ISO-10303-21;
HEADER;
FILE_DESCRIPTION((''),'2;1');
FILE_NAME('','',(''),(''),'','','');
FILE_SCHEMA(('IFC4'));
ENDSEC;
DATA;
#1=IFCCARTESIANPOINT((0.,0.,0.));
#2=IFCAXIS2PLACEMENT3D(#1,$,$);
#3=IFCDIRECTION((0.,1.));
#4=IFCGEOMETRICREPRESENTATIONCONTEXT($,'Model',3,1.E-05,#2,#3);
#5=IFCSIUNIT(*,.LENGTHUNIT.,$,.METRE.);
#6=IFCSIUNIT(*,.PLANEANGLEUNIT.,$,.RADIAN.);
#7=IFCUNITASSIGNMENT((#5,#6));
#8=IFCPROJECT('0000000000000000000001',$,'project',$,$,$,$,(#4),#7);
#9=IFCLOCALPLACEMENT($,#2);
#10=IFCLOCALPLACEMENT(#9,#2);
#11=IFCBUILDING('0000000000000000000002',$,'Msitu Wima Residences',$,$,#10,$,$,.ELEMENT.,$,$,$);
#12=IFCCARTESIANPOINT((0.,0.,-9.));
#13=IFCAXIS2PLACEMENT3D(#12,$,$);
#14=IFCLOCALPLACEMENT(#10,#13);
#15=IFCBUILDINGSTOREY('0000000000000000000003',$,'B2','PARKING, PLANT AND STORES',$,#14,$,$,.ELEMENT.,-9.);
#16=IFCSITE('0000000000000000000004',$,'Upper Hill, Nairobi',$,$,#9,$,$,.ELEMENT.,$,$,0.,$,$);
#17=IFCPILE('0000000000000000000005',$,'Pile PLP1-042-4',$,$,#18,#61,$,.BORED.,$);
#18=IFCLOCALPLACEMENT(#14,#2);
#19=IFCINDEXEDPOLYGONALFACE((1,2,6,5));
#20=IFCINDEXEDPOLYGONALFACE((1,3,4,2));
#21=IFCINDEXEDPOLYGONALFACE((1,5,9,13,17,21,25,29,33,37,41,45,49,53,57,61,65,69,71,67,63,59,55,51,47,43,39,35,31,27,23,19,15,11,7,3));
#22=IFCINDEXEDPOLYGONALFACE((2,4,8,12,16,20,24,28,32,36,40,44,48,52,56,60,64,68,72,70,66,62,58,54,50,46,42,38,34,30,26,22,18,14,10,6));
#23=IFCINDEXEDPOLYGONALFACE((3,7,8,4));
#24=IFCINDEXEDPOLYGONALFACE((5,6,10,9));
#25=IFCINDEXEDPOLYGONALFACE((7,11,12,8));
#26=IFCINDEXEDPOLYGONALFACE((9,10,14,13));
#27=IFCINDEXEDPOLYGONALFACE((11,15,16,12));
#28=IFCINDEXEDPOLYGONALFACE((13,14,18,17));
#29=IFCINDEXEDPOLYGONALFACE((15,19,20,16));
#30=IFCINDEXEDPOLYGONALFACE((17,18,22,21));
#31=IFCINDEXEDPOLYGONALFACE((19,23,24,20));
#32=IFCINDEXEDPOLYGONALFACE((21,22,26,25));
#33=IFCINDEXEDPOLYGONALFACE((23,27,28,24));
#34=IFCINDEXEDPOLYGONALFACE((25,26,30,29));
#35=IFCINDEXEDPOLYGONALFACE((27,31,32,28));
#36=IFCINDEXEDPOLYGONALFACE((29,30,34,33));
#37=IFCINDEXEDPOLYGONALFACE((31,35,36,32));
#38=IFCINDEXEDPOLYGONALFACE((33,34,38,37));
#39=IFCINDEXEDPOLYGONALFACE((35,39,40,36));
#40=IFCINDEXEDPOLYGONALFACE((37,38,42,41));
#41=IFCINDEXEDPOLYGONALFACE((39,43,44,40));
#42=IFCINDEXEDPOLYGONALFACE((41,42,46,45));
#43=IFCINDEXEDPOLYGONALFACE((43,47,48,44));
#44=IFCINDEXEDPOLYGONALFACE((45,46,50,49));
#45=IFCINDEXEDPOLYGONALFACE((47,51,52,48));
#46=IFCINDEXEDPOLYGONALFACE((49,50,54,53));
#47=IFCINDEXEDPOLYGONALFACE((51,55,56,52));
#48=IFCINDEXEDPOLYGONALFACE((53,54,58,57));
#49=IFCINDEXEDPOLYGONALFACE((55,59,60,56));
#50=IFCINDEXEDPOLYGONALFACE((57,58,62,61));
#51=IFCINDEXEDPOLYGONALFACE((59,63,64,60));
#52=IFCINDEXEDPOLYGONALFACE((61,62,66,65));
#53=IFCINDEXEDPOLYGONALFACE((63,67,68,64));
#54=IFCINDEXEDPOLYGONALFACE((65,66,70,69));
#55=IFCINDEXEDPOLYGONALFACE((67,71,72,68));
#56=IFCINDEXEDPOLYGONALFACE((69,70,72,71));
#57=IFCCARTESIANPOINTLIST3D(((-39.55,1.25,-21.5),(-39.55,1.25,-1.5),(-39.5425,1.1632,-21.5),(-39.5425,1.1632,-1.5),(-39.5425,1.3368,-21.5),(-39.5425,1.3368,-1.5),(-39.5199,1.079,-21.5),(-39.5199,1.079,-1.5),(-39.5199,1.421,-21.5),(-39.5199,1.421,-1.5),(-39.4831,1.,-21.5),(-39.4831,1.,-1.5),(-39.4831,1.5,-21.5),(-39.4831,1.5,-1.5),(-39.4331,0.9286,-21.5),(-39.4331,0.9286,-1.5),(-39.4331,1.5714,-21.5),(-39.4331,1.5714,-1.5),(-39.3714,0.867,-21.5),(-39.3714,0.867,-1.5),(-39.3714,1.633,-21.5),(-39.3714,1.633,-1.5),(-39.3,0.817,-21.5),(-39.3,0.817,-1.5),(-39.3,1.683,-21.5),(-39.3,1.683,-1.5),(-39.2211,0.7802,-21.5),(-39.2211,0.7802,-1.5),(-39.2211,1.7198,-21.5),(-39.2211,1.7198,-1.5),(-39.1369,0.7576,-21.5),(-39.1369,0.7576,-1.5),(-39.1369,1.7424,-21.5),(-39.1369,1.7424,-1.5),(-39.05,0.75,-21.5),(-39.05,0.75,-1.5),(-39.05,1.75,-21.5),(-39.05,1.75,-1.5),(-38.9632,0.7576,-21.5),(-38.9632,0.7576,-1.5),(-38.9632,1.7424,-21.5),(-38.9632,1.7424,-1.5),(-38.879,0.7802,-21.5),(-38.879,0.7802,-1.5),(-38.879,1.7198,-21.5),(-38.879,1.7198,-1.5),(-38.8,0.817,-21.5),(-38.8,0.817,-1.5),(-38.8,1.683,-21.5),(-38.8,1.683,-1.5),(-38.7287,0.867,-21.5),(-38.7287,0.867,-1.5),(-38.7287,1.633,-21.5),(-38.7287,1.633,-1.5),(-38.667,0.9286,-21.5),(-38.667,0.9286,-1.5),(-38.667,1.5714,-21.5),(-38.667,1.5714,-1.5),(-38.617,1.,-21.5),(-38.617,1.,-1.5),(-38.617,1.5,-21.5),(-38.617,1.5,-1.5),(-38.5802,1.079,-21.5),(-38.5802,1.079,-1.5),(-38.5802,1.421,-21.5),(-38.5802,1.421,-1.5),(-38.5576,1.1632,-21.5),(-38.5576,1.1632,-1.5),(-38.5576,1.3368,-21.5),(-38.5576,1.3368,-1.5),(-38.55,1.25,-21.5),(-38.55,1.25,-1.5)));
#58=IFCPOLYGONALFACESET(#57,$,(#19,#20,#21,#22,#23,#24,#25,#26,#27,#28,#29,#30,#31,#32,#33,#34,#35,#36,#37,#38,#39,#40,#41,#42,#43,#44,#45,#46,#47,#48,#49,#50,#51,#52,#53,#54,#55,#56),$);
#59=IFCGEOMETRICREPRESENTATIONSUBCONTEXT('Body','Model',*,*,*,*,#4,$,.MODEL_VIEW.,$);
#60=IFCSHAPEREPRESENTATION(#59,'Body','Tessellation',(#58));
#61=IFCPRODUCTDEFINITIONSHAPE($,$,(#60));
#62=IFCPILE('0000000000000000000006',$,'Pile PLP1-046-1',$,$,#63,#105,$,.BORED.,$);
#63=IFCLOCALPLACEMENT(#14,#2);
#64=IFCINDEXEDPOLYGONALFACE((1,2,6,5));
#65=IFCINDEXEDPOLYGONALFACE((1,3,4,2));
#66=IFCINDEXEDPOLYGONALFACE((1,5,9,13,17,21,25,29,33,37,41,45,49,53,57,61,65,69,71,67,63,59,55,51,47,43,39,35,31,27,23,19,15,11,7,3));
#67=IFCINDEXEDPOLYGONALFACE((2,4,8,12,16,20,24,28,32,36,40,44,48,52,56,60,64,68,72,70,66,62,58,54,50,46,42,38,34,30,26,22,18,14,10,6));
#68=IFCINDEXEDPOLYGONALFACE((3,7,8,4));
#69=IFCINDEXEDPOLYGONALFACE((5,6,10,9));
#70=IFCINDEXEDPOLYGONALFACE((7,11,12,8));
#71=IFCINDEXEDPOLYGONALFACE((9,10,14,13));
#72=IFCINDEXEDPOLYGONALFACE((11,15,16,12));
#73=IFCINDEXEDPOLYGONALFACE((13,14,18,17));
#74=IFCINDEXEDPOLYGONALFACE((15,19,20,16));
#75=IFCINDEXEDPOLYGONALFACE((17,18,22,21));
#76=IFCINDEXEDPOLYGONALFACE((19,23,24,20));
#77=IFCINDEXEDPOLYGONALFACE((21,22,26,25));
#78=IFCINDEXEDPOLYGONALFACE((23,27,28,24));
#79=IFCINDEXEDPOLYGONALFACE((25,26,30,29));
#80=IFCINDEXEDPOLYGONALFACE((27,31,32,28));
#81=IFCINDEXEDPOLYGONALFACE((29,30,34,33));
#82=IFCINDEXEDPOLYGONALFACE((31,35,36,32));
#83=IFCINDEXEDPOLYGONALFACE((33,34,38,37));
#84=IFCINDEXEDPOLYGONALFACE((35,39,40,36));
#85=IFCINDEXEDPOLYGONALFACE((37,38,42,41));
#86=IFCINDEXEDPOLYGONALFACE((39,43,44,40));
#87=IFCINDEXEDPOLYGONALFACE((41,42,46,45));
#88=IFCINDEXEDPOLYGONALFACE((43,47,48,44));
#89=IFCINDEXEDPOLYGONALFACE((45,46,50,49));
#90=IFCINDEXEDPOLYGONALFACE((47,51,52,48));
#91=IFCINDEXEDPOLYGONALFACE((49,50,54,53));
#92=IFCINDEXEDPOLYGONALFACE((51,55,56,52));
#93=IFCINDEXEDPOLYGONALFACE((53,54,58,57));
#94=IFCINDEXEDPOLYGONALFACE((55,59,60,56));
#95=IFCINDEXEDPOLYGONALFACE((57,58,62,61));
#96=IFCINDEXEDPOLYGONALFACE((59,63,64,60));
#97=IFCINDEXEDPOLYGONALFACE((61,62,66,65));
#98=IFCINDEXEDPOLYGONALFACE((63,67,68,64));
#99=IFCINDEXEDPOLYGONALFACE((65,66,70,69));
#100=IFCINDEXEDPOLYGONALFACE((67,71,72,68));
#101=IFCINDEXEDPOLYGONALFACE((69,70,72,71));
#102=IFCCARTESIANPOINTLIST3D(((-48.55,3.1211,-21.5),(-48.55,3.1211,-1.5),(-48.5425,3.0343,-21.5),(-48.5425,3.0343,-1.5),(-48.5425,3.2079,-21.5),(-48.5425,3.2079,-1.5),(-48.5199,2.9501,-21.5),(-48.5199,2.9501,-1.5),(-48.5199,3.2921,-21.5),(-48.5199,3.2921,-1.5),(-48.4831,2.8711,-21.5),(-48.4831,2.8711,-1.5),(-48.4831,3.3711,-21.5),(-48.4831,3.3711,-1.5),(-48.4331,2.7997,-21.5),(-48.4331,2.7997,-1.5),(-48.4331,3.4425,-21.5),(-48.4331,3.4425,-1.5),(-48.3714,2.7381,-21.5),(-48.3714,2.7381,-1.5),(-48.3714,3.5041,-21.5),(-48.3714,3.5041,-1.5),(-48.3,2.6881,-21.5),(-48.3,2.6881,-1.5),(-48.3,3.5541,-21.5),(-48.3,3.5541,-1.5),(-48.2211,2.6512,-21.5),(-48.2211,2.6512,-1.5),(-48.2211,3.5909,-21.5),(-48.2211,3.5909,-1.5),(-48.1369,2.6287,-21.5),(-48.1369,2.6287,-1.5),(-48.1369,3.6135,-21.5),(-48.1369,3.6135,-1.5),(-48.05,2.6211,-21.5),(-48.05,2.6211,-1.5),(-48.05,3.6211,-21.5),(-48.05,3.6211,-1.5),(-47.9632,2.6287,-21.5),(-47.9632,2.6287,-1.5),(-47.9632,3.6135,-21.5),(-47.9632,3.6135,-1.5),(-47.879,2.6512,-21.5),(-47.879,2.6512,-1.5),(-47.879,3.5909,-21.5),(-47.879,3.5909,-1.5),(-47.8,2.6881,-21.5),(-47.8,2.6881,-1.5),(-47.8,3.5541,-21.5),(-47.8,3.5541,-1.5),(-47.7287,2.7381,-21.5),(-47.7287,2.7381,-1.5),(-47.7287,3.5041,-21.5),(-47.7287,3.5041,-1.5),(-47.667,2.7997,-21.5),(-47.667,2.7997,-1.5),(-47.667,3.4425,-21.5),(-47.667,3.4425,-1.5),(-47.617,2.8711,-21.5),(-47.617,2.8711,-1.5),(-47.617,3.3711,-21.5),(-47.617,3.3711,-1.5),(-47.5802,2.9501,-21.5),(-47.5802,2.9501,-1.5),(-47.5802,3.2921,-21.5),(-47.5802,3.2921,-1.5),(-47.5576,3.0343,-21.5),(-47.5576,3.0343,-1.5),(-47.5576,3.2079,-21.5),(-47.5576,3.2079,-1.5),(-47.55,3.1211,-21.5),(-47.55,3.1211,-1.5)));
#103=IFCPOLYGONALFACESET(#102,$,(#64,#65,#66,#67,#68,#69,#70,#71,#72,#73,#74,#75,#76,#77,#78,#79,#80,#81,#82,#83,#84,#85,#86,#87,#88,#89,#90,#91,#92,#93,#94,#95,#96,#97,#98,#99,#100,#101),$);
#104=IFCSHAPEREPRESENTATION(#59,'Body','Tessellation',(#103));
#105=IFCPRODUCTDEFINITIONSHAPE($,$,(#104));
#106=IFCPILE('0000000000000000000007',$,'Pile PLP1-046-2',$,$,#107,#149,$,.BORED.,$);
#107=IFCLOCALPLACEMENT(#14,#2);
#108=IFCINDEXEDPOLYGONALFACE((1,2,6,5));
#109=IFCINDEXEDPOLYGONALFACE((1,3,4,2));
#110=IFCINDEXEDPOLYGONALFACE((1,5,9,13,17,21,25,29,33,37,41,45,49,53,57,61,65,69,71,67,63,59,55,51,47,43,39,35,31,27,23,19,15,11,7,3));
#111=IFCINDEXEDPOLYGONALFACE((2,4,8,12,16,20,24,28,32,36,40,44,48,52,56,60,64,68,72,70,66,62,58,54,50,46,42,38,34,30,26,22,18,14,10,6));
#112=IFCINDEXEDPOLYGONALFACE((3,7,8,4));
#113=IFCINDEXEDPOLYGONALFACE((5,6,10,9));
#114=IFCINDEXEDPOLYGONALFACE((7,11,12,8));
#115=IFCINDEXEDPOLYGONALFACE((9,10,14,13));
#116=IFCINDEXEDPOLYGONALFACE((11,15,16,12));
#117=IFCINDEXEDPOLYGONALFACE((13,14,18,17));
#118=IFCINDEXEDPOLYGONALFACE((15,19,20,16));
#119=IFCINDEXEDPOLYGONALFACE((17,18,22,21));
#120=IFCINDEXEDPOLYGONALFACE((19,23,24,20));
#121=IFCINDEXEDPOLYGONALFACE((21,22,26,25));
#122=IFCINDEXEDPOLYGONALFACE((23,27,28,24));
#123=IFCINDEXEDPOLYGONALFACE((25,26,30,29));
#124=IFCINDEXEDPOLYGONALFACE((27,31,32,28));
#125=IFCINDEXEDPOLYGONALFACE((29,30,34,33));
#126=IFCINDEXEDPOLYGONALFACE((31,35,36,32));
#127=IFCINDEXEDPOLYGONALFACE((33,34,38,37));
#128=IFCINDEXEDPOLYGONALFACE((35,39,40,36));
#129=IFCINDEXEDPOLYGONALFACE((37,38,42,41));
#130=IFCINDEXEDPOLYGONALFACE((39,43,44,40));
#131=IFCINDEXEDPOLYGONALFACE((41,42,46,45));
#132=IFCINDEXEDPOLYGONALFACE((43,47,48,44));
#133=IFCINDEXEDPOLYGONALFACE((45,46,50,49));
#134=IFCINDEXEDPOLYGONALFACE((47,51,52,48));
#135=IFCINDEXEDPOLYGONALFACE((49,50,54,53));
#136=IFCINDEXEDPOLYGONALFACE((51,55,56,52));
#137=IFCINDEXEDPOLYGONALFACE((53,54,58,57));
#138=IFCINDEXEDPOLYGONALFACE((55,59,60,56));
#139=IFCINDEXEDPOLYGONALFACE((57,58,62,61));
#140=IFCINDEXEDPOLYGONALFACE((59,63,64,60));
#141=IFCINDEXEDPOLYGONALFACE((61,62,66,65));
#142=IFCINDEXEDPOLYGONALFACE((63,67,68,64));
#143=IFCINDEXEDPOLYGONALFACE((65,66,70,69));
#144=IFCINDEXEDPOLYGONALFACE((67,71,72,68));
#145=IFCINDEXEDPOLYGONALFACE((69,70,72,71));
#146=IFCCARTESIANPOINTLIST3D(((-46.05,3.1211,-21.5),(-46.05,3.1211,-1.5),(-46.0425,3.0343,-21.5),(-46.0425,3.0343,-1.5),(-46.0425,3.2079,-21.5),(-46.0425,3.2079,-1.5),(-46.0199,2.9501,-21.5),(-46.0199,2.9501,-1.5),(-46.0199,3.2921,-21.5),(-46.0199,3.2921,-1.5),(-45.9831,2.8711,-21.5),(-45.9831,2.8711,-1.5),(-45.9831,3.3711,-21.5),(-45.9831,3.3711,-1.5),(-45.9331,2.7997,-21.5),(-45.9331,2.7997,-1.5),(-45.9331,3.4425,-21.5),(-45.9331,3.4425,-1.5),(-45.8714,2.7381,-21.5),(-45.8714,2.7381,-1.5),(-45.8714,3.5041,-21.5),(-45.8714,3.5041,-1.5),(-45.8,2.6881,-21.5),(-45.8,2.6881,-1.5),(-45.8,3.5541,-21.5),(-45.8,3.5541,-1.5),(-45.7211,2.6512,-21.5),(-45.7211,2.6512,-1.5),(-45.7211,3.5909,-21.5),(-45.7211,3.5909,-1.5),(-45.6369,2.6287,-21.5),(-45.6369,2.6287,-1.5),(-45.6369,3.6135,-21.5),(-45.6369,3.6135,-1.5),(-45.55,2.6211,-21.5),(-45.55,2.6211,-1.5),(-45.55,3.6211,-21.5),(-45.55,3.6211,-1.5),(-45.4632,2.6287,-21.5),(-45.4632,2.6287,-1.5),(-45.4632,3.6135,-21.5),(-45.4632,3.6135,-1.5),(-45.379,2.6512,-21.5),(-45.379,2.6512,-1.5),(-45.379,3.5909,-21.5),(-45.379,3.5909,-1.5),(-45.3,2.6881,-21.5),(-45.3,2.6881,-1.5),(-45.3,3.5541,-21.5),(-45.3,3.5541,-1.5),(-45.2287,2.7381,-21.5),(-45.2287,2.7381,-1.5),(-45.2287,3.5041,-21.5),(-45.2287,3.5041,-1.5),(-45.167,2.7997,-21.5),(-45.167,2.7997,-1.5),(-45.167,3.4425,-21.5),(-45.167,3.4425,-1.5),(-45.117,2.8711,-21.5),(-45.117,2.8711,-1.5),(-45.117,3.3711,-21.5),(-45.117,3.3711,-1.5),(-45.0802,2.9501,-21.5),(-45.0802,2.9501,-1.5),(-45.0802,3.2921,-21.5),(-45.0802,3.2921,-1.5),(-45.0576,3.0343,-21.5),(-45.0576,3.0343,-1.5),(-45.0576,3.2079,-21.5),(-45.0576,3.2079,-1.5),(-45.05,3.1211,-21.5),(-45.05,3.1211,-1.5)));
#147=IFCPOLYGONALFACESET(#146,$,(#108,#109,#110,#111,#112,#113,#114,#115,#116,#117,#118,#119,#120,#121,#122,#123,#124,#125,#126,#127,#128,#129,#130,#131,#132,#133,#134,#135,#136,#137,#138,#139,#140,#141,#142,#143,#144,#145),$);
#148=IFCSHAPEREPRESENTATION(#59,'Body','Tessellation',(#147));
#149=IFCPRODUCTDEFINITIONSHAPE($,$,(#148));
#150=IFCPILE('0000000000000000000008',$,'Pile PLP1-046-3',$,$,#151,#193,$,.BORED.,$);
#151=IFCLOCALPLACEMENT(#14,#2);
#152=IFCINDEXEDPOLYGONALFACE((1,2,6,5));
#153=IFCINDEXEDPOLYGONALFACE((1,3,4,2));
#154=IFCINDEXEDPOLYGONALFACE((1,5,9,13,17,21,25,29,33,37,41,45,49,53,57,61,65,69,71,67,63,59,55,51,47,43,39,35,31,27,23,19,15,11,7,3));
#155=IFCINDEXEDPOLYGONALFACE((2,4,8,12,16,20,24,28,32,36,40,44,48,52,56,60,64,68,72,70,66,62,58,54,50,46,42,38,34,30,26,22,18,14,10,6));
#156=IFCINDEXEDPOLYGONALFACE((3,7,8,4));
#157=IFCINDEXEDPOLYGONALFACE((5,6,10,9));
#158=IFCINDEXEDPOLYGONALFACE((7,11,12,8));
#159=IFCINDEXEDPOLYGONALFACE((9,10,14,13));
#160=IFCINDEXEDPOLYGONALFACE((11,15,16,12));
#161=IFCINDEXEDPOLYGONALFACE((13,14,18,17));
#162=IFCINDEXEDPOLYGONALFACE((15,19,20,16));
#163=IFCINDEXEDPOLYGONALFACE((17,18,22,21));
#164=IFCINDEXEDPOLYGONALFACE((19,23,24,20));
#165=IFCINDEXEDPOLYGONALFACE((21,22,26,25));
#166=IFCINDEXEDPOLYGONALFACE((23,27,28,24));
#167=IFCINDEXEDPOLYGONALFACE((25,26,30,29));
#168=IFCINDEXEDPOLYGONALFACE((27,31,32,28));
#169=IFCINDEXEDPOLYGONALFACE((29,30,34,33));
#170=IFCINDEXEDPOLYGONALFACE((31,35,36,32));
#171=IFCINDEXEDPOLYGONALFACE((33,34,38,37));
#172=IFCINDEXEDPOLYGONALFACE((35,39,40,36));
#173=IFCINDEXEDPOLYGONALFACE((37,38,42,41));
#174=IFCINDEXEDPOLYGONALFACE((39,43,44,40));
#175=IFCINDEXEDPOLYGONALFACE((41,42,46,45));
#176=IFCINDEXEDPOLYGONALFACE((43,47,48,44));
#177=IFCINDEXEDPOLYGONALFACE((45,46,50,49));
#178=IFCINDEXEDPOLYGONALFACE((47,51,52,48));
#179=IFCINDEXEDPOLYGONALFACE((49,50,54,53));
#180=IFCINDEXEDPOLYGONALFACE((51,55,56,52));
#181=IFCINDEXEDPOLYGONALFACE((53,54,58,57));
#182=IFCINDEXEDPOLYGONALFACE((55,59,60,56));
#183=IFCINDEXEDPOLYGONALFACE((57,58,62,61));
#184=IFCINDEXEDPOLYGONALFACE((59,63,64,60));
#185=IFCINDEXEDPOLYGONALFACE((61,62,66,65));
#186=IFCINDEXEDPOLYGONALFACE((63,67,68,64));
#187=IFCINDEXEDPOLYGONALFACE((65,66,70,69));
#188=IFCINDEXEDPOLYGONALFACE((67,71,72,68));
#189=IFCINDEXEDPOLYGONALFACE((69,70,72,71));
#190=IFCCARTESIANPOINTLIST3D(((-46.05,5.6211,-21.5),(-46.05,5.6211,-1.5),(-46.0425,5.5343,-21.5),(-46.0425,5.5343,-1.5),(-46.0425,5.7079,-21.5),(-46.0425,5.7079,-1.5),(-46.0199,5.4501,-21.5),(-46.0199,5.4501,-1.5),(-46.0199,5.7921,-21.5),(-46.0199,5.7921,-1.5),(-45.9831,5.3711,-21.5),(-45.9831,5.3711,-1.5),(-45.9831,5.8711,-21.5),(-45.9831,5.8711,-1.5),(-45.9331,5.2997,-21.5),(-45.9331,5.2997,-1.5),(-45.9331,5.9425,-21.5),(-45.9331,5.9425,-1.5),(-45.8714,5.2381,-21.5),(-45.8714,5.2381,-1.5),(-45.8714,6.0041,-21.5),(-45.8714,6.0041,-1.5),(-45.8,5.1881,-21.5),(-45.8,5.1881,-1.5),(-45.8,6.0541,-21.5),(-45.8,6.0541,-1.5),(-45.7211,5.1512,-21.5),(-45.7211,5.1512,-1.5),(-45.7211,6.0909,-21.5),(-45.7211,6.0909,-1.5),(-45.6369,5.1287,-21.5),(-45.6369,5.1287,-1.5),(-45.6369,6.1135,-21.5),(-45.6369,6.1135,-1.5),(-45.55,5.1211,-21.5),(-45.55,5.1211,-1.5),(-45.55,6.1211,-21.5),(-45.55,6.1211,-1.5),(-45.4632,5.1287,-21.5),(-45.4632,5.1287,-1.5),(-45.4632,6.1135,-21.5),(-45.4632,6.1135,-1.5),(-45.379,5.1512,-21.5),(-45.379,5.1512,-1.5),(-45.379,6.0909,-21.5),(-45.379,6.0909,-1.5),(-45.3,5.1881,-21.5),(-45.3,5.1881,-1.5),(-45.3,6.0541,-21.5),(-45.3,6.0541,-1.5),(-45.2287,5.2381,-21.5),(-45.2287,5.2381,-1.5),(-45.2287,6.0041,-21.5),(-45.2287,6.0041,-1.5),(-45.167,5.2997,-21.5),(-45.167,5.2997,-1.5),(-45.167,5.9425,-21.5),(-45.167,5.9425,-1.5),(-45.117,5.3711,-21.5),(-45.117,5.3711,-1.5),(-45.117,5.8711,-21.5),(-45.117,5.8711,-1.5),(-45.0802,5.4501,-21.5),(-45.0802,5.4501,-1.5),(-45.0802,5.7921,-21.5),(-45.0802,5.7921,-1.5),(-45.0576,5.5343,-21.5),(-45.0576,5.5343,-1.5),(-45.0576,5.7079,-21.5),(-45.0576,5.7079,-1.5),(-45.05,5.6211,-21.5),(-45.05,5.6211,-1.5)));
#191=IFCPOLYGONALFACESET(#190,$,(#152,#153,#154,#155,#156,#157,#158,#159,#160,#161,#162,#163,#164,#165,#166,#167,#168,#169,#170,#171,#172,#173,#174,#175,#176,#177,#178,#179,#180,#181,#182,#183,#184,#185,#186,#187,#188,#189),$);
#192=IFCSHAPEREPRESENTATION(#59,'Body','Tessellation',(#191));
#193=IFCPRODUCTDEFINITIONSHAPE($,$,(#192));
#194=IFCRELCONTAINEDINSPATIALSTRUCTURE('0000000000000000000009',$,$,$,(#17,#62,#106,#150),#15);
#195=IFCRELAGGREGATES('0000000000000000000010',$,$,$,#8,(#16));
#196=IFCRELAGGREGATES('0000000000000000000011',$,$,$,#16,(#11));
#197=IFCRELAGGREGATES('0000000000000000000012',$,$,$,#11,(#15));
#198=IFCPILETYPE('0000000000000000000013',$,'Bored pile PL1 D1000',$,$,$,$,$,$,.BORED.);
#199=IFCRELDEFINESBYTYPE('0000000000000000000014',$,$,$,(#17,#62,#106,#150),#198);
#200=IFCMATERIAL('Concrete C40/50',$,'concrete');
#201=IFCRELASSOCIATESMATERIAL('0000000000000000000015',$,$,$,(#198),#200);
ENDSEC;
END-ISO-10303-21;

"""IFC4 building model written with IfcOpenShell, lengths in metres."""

from ifc_helpers import new_model, si_unit, direction, frame, origin, origin_2d, place, context, subcontext, project, spatial, circle, extrude, material, type_object, element, save


model = new_model("IFC4")

# Units and contexts
model_context = context("Model", 3, precision=1e-05, world=origin(), true_north=direction((0.0, 1.0)))
body_context = subcontext(model_context, "Body", "Model", "MODEL_VIEW")
ifc_project = project(units=[si_unit("LENGTHUNIT", "METRE"), si_unit("PLANEANGLEUNIT", "RADIAN")], contexts=[model_context])

# Site, building, storey
site_placement = place(None, origin())
site = spatial("IfcSite", under=ifc_project, at=site_placement, Name="Upper Hill, Nairobi", CompositionType="ELEMENT", RefElevation=0.0)
building_placement = place(site_placement, origin())
building = spatial("IfcBuilding", under=site, at=building_placement, Name="Msitu Wima Residences", CompositionType="ELEMENT")
storey_placement = place(building_placement, frame((0.0, 0.0, -9.0)))
storey = spatial("IfcBuildingStorey", under=building, at=storey_placement, Name="B2", Description="PARKING, PLANT AND STORES", CompositionType="ELEMENT", Elevation=-9.0)

# Piles
ifc_material_1 = material(Name="Concrete C40/50", Category="concrete")
pile_type = type_object("IfcPileType", Name="Bored pile PL1 D1000", PredefinedType="BORED", material=ifc_material_1)
for number, where, z_axis, x_axis, name in (
    (1, (-39.05, 1.25, -1.5), (0.0, 0.0, -1.0), (1.0, 0.0, 0.0), "Pile PLP1-042-4"),
    (2, (-48.05, 3.1211, -1.5), (0.0, 0.0, -1.0), (1.0, 0.0, 0.0), "Pile PLP1-046-1"),
    (3, (-45.55, 3.1211, -1.5), (0.0, 0.0, -1.0), (1.0, 0.0, 0.0), "Pile PLP1-046-2"),
    (4, (-45.55, 5.6211, -1.5), (0.0, 0.0, -1.0), (1.0, 0.0, 0.0), "Pile PLP1-046-3"),
):
    element("IfcPile", number, at=place(storey_placement, frame(where, z_axis=z_axis, x_axis=x_axis)), inside=storey, type_object=pile_type, Name=name, PredefinedType="BORED", context=body_context, shape_type="SweptSolid", body=[
        extrude(circle(Radius=0.5, at=origin_2d()), origin(), (0.0, 0.0, 1.0), 20.0),
    ])

save(model, "model.ifc")
